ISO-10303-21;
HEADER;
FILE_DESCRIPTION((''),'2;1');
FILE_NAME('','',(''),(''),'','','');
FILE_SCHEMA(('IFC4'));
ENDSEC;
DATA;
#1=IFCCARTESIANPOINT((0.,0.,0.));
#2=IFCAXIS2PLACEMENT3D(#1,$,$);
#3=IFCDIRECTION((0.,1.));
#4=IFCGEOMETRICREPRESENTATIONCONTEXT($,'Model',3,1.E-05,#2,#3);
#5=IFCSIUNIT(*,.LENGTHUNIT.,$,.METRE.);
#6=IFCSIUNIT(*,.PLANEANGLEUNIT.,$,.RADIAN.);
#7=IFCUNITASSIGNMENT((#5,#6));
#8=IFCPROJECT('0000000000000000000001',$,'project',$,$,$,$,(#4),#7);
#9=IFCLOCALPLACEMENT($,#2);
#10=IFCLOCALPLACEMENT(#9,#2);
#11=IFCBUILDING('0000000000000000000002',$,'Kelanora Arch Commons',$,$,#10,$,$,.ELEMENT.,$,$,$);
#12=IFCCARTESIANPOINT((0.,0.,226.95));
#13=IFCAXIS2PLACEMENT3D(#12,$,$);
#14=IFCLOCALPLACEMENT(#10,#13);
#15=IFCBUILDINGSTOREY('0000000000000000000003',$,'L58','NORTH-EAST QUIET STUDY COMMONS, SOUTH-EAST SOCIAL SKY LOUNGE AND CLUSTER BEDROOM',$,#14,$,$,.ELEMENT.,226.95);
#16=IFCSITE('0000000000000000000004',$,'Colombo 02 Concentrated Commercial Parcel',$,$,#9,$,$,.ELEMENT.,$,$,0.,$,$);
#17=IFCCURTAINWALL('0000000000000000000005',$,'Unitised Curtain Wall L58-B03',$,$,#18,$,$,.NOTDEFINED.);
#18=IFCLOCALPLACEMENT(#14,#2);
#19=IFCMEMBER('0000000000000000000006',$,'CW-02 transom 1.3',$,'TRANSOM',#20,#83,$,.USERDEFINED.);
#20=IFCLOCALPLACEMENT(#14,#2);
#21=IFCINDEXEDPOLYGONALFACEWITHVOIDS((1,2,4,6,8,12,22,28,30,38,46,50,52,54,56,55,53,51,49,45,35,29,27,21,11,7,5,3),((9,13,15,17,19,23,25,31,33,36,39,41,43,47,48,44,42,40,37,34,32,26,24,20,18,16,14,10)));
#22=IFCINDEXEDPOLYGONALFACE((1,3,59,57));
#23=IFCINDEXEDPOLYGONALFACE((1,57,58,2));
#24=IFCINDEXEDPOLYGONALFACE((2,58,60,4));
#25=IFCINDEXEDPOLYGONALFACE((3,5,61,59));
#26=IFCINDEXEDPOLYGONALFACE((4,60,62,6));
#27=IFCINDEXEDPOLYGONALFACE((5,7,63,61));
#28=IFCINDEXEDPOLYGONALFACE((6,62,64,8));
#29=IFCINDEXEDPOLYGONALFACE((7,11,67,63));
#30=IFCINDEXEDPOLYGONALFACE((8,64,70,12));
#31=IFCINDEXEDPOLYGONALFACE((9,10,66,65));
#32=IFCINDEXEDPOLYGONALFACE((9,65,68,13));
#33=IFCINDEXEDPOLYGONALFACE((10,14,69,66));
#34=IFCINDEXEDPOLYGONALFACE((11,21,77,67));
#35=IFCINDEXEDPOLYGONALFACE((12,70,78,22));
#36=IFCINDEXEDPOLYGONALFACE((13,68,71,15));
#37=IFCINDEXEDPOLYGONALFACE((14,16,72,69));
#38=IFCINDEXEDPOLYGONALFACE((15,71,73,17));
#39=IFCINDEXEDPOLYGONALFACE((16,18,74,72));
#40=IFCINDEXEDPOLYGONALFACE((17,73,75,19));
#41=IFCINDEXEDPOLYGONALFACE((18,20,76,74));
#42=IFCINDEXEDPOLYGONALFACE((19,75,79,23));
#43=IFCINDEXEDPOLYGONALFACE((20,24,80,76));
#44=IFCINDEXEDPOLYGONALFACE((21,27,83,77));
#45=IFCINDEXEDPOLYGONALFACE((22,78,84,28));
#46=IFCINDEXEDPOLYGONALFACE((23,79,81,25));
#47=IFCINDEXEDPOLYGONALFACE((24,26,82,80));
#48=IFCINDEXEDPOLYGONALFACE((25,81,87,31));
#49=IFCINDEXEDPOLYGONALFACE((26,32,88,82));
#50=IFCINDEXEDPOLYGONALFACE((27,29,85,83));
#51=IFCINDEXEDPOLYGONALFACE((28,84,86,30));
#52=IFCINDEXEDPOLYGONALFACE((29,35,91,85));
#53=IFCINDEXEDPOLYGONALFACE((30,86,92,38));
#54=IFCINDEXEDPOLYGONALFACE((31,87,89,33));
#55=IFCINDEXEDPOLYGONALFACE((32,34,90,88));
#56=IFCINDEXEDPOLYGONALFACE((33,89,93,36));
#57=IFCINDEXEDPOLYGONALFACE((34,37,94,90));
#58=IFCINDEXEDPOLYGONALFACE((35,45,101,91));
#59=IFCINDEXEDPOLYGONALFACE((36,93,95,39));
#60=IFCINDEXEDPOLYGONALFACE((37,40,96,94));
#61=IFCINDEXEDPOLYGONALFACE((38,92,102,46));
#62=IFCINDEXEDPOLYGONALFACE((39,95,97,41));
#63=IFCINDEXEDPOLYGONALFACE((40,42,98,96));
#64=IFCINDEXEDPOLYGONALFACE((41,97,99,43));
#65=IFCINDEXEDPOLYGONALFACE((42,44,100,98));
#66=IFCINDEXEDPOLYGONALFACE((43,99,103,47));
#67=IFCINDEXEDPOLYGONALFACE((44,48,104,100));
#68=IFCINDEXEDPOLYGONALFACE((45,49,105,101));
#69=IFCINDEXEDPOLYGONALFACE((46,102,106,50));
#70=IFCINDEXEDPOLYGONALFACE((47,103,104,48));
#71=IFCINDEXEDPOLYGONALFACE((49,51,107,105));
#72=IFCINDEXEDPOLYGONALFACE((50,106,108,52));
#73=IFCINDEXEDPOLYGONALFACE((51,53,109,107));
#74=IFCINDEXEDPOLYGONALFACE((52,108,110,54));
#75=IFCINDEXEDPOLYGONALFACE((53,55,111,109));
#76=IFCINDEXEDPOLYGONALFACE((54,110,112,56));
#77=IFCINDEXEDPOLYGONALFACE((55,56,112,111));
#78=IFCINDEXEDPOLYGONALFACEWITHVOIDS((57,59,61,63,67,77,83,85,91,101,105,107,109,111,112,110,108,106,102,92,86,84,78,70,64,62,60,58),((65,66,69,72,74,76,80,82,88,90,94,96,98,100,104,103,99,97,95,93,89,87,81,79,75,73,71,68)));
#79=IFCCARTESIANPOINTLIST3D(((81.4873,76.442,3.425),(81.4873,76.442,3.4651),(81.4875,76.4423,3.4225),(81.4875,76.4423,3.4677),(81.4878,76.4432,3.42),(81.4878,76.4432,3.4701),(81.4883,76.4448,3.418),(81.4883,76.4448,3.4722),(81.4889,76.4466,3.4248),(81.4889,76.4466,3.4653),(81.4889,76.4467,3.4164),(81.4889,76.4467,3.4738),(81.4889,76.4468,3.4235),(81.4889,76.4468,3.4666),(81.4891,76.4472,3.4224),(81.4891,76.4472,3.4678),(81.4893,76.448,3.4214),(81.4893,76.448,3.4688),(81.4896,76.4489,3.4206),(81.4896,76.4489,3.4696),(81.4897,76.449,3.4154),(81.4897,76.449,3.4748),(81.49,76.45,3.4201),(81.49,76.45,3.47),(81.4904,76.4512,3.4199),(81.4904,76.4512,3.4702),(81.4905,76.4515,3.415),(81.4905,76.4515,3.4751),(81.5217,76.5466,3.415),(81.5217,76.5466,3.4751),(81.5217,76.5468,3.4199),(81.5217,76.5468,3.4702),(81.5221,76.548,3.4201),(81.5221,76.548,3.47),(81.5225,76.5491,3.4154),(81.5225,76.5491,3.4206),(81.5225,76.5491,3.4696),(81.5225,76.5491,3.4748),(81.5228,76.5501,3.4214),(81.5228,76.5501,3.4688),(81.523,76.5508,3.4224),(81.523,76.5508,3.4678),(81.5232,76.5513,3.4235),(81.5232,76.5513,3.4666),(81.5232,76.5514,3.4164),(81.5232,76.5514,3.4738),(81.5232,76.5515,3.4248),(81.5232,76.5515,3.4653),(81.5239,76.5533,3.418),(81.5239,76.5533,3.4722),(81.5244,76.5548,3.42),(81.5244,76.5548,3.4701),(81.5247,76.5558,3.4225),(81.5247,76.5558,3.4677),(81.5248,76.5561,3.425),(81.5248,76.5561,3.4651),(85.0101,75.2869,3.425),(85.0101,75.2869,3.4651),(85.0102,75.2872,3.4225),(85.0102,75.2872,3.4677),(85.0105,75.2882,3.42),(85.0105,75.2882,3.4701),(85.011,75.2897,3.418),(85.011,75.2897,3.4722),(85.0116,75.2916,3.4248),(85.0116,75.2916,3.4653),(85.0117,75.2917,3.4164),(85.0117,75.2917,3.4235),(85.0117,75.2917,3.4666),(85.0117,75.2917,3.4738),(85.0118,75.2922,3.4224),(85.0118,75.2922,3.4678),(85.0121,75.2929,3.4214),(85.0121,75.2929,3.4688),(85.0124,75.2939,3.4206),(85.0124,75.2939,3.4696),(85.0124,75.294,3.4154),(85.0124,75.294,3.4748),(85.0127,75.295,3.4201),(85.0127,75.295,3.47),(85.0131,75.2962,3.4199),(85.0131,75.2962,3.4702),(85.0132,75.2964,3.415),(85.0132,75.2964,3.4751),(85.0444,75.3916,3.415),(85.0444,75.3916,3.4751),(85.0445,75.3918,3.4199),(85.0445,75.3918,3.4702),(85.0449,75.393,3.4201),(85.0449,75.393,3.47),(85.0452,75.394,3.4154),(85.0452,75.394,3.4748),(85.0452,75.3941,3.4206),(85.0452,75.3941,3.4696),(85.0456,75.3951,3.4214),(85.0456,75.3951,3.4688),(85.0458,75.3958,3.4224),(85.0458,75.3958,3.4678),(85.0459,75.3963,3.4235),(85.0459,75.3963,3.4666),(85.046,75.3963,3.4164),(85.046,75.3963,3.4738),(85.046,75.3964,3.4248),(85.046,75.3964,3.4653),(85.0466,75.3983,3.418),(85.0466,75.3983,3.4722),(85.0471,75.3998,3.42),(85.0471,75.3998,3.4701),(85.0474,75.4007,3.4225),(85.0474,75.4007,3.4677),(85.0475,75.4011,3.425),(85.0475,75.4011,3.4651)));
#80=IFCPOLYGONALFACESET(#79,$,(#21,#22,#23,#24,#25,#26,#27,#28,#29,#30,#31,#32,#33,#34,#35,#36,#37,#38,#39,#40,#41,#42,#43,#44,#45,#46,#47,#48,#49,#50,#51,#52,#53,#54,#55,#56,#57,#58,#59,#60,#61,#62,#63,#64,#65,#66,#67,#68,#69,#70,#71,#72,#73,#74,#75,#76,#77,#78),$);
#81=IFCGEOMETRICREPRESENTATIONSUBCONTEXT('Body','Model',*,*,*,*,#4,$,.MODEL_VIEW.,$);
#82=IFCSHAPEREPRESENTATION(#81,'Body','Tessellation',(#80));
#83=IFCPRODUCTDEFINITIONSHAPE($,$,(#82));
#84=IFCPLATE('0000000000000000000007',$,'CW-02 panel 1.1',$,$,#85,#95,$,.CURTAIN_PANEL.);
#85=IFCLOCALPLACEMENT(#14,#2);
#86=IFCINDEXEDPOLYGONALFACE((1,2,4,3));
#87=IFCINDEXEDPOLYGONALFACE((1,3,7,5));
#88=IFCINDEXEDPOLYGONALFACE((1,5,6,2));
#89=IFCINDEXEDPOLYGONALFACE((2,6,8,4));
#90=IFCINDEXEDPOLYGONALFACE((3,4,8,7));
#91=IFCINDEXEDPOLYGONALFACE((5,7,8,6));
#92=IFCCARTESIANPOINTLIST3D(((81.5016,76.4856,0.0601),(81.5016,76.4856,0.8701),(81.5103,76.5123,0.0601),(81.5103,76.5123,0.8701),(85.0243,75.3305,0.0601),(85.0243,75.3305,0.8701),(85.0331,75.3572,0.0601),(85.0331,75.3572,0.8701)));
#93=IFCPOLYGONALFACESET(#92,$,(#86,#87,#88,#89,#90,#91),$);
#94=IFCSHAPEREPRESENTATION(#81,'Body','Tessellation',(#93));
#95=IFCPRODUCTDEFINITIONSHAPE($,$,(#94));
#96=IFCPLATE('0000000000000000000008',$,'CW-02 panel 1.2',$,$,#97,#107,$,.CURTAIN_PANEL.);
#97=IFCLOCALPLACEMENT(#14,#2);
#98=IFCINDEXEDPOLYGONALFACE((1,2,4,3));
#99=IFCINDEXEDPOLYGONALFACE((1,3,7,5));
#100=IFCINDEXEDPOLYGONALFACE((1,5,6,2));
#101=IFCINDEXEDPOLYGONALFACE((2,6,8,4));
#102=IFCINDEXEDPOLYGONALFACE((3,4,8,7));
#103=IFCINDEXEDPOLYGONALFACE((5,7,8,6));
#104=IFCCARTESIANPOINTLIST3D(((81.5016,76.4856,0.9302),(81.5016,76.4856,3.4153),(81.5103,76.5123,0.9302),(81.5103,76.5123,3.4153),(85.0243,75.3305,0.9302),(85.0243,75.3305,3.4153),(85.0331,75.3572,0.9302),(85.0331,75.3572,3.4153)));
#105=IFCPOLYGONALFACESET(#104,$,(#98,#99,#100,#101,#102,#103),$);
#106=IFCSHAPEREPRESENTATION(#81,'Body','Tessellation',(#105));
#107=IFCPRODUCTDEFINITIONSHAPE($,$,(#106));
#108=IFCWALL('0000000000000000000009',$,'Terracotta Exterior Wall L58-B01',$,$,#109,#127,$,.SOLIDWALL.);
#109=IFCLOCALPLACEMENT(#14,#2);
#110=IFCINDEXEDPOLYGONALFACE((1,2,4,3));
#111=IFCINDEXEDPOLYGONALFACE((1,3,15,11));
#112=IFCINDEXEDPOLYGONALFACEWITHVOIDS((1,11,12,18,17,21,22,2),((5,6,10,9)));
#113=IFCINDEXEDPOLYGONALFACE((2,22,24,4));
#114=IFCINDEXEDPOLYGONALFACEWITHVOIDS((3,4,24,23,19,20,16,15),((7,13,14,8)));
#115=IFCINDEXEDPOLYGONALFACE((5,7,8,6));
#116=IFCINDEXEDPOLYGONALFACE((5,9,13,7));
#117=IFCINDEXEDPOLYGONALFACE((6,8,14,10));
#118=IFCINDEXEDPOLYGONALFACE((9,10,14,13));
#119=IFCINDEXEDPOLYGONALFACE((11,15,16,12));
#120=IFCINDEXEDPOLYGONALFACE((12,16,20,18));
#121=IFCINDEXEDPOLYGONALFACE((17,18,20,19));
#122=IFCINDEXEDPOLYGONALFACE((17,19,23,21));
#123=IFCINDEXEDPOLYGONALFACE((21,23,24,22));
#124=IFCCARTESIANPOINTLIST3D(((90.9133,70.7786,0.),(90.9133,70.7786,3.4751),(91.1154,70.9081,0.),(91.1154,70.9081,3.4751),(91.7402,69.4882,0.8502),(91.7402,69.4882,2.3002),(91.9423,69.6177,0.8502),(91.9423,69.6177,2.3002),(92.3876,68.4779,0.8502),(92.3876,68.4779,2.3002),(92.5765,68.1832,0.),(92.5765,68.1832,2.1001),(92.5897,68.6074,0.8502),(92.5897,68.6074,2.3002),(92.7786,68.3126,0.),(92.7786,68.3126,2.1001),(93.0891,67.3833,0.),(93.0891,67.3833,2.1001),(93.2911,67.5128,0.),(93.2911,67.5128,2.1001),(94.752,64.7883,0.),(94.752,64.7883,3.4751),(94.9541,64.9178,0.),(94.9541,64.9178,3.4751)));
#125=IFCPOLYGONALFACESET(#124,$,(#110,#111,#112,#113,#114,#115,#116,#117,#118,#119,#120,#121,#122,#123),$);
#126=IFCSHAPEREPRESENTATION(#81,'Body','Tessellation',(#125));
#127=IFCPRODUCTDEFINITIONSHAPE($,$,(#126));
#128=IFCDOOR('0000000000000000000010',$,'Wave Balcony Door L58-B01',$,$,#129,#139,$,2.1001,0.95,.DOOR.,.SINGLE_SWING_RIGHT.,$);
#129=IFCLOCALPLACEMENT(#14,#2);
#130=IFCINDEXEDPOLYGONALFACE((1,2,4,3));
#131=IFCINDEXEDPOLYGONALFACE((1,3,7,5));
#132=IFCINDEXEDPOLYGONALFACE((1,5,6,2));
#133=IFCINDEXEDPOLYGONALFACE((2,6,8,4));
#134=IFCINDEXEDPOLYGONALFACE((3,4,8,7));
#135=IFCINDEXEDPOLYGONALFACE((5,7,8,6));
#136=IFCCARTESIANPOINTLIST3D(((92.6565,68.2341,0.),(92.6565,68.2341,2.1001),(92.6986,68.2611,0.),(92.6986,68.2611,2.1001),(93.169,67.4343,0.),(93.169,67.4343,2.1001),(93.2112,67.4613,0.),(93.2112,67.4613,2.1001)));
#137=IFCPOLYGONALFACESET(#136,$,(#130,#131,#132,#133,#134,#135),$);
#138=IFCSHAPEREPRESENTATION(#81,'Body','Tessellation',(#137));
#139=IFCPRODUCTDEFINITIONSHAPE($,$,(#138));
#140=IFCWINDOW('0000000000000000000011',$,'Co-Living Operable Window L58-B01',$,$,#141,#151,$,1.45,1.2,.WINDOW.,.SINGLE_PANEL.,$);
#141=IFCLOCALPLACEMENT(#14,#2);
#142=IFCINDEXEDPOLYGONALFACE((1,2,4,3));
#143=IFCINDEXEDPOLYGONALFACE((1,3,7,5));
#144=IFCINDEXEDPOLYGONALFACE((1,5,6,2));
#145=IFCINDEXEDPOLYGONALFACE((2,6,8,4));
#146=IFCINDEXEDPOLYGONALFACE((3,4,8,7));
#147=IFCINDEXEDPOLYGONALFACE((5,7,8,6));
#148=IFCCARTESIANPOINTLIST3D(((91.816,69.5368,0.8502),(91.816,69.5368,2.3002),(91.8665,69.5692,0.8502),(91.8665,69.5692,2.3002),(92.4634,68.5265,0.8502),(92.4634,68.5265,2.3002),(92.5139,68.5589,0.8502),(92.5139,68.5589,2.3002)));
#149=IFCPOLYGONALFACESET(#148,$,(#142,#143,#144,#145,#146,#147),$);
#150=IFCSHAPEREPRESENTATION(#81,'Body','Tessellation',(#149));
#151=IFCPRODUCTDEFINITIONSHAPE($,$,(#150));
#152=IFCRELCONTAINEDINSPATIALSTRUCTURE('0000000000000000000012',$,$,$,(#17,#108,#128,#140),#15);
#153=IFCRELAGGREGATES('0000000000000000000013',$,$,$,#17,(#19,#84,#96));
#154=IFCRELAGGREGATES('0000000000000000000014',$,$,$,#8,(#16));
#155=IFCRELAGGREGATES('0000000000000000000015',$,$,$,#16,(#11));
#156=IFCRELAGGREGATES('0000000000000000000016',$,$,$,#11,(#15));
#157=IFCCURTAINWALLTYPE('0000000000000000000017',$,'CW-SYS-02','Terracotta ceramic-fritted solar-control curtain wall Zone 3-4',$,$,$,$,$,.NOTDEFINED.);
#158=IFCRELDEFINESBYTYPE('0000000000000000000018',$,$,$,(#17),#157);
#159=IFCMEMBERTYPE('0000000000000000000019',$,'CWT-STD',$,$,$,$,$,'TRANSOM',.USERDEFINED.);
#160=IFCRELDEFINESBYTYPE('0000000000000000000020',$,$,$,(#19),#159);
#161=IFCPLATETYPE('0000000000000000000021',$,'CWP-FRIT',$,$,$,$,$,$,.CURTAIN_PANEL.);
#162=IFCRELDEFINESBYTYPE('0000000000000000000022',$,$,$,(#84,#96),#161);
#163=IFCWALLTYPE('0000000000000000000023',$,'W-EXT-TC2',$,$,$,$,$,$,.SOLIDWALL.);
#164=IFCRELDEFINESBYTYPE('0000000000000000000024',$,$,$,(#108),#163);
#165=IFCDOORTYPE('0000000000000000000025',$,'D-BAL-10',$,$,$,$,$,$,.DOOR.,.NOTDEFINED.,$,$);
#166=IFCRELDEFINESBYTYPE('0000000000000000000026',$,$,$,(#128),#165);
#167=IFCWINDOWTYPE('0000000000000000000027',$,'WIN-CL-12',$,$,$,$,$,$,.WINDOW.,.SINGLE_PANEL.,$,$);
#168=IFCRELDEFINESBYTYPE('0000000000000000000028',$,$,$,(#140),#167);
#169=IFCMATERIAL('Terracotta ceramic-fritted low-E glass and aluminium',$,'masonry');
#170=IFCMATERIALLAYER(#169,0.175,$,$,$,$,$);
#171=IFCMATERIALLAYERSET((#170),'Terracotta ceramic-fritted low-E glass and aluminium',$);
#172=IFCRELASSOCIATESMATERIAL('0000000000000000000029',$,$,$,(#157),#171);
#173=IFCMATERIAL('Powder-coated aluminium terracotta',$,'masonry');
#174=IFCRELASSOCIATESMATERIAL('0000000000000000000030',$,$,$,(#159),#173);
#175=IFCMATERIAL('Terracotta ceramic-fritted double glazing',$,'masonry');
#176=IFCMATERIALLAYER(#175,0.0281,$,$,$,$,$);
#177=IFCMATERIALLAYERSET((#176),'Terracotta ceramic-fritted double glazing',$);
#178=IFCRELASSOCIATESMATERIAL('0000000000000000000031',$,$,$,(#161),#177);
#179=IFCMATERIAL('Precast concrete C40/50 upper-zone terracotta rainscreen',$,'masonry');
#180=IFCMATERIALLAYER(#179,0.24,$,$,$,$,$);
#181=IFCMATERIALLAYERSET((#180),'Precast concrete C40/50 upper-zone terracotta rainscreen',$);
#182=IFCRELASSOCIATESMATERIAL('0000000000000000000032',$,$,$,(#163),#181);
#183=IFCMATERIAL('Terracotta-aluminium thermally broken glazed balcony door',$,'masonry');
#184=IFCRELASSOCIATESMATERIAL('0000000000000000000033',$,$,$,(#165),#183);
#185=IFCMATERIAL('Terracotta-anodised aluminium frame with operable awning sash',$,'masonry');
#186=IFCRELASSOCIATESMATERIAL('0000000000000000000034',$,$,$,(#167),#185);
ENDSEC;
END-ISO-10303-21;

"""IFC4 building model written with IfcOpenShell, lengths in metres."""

from ifc_helpers import new_model, si_unit, direction, frame, frame_2d, origin, origin_2d, place, context, subcontext, project, spatial, rectangle, hollow_rectangle, extrude, source, transform, mapped, material, layer, layer_set, material_profile, profile_set, type_object, element, fill, aggregate, save


model = new_model("IFC4")

# Units and contexts
model_context = context("Model", 3, precision=1e-05, world=origin(), true_north=direction((0.0, 1.0)))
body_context = subcontext(model_context, "Body", "Model", "MODEL_VIEW")
ifc_project = project(units=[si_unit("LENGTHUNIT", "METRE"), si_unit("PLANEANGLEUNIT", "RADIAN")], contexts=[model_context])

# Site, building, storey
site_placement = place(None, origin())
site = spatial("IfcSite", under=ifc_project, at=site_placement, Name="Colombo 02 Concentrated Commercial Parcel", CompositionType="ELEMENT", RefElevation=0.0)
building_placement = place(site_placement, origin())
building = spatial("IfcBuilding", under=site, at=building_placement, Name="Kelanora Arch Commons", CompositionType="ELEMENT")
storey_placement = place(building_placement, frame((0.0, 0.0, 226.95)))
storey = spatial("IfcBuildingStorey", under=building, at=storey_placement, Name="L58", Description="NORTH-EAST QUIET STUDY COMMONS, SOUTH-EAST SOCIAL SKY LOUNGE AND CLUSTER BEDROOM", CompositionType="ELEMENT", Elevation=226.95)

# Shared definitions
ifc_material_1 = material(Name="Terracotta ceramic-fritted low-E glass and aluminium", Category="masonry")
ifc_layer_1 = layer(ifc_material_1, 0.175)
ifc_layer_set_1 = layer_set([ifc_layer_1], Name="Terracotta ceramic-fritted low-E glass and aluminium")
curtain_wall_type = type_object("IfcCurtainWallType", Name="CW-SYS-02", Description="Terracotta ceramic-fritted solar-control curtain wall Zone 3-4", PredefinedType="NOTDEFINED", material=ifc_layer_set_1)
ifc_material_2 = material(Name="Powder-coated aluminium terracotta", Category="masonry")

# Curtain wall, member, plates
curtain_wall_1_placement = place(storey_placement, origin())
curtain_wall_1 = element("IfcCurtainWall", 1, at=curtain_wall_1_placement, inside=storey, type_object=curtain_wall_type, Name="Unitised Curtain Wall L58-B03", PredefinedType="NOTDEFINED")
ifc_material_profile_1 = material_profile(ifc_material_2, hollow_rectangle(XDim=0.1201, YDim=0.0601, WallThickness=0.0049, InnerFilletRadius=0.0049, OuterFilletRadius=0.01, at=origin_2d()), Name="CWT120x60")
ifc_profile_set_1 = profile_set([ifc_material_profile_1], Name="Powder-coated aluminium terracotta")
member_type_1 = type_object("IfcMemberType", Name="CWT-STD", ElementType="TRANSOM", PredefinedType="USERDEFINED", material=ifc_profile_set_1)
member_1_placement = place(storey_placement, frame((85.0288, 75.344, 3.4451), z_axis=(-0.950226, 0.311561, 0.0), x_axis=(-0.311561, -0.950226, 0.0)))
member_1 = element("IfcMember", 2, at=member_1_placement, type_object=member_type_1, Name="CW-02 transom 1.3", ObjectType="TRANSOM", PredefinedType="USERDEFINED", context=body_context, shape_type="SweptSolid", body=[
    extrude(hollow_rectangle(XDim=0.1201, YDim=0.0601, WallThickness=0.0049, InnerFilletRadius=0.0049, OuterFilletRadius=0.01, at=origin_2d()), origin(), (0.0, 0.0, 1.0), 3.7073),
])
ifc_material_3 = material(Name="Terracotta ceramic-fritted double glazing", Category="masonry")
ifc_layer_2 = layer(ifc_material_3, 0.0281)
ifc_layer_set_2 = layer_set([ifc_layer_2], Name="Terracotta ceramic-fritted double glazing")
plate_type = type_object("IfcPlateType", Name="CWP-FRIT", PredefinedType="CURTAIN_PANEL", material=ifc_layer_set_2)
shared_shape_1 = source(origin(), body_context, "Body", "SweptSolid", [
    extrude(rectangle(XDim=3.7073, YDim=0.0281, at=origin_2d()), origin(), (0.0, 0.0, 1.0), 0.8101),
])
plate_1_placement = place(storey_placement, frame((83.2673, 75.9214, 0.0601), z_axis=(0.0, 0.0, 1.0), x_axis=(-0.950219, 0.311582, 0.0)))
plate_1 = element("IfcPlate", 3, at=plate_1_placement, type_object=plate_type, Name="CW-02 panel 1.1", PredefinedType="CURTAIN_PANEL", context=body_context, shape_type="MappedRepresentation", body=[
    mapped(shared_shape_1, transform((0.0, 0.0, 0.0), scale=1.0)),
])
shared_shape_2 = source(origin(), body_context, "Body", "SweptSolid", [
    extrude(rectangle(XDim=3.7073, YDim=0.0281, at=origin_2d()), origin(), (0.0, 0.0, 1.0), 2.4851),
])
plate_2_placement = place(storey_placement, frame((83.2673, 75.9214, 0.9302), z_axis=(0.0, 0.0, 1.0), x_axis=(-0.950219, 0.311582, 0.0)))
plate_2 = element("IfcPlate", 4, at=plate_2_placement, type_object=plate_type, Name="CW-02 panel 1.2", PredefinedType="CURTAIN_PANEL", context=body_context, shape_type="MappedRepresentation", body=[
    mapped(shared_shape_2, transform((0.0, 0.0, 0.0), scale=1.0)),
])
aggregate(curtain_wall_1, [member_1, plate_1, plate_2])

# Wall, openings, door, window
ifc_material_4 = material(Name="Precast concrete C40/50 upper-zone terracotta rainscreen", Category="masonry")
ifc_layer_3 = layer(ifc_material_4, 0.24)
ifc_layer_set_3 = layer_set([ifc_layer_3], Name="Precast concrete C40/50 upper-zone terracotta rainscreen")
wall_type = type_object("IfcWallType", Name="W-EXT-TC2", PredefinedType="SOLIDWALL", material=ifc_layer_set_3)
wall_1_placement = place(storey_placement, frame((94.853, 64.853, 0.0), z_axis=(0.0, 0.0, 1.0), x_axis=(-0.53954, 0.84196, 0.0)))
wall_1 = element("IfcWall", 5, at=wall_1_placement, inside=storey, type_object=wall_type, Name="Terracotta Exterior Wall L58-B01", PredefinedType="SOLIDWALL", context=body_context, shape_type="SweptSolid", body=[
    extrude(rectangle(XDim=7.1147, YDim=0.24, at=frame_2d((3.5574, 0.0))), origin(), (0.0, 0.0, 1.0), 3.4751),
])
opening_1_placement = place(wall_1_placement, frame((3.082, 0.0, 0.0)))
opening_1 = element("IfcOpeningElement", 6, at=opening_1_placement, cuts=wall_1, PredefinedType="OPENING", context=body_context, shape_type="SweptSolid", body=[
    extrude(rectangle(XDim=0.95, YDim=2.1001, at=frame_2d((0.4751, 1.05))), frame((0.0, 0.1299, 0.0), z_axis=(0.0, -1.0, 0.0), x_axis=(1.0, 0.0, 0.0)), (0.0, 0.0, 1.0), 0.26),
])
opening_2_placement = place(wall_1_placement, frame((4.3821, 0.0, 0.8501)))
opening_2 = element("IfcOpeningElement", 7, at=opening_2_placement, cuts=wall_1, PredefinedType="OPENING", context=body_context, shape_type="SweptSolid", body=[
    extrude(rectangle(XDim=1.2, YDim=1.45, at=frame_2d((0.6001, 0.7251))), frame((0.0, 0.1299, 0.0), z_axis=(0.0, -1.0, 0.0), x_axis=(1.0, 0.0, 0.0)), (0.0, 0.0, 1.0), 0.26),
])
ifc_material_5 = material(Name="Terracotta-aluminium thermally broken glazed balcony door", Category="masonry")
door_type = type_object("IfcDoorType", Name="D-BAL-10", OperationType="NOTDEFINED", PredefinedType="DOOR", material=ifc_material_5)
door_1_placement = place(opening_1_placement, frame((0.95, 0.0, 0.0), z_axis=(0.0, 0.0, 1.0), x_axis=(-1.0, 0.0, 0.0)))
door_1 = element("IfcDoor", 8, at=door_1_placement, inside=storey, type_object=door_type, Name="Wave Balcony Door L58-B01", OperationType="SINGLE_SWING_RIGHT", OverallHeight=2.1001, OverallWidth=0.95, PredefinedType="DOOR", context=body_context, shape_type="SweptSolid", body=[
    extrude(rectangle(XDim=0.95, YDim=2.1001, at=frame_2d((0.4751, 1.05))), frame((0.0, 0.0249, 0.0), z_axis=(0.0, -1.0, 0.0), x_axis=(1.0, 0.0, 0.0)), (0.0, 0.0, 1.0), 0.05),
])
fill(opening_1, door_1)
ifc_material_6 = material(Name="Terracotta-anodised aluminium frame with operable awning sash", Category="masonry")
window_type = type_object("IfcWindowType", Name="WIN-CL-12", PartitioningType="SINGLE_PANEL", PredefinedType="WINDOW", material=ifc_material_6)
window_1_placement = place(opening_2_placement, origin())
window_1 = element("IfcWindow", 9, at=window_1_placement, inside=storey, type_object=window_type, Name="Co-Living Operable Window L58-B01", OverallHeight=1.45, OverallWidth=1.2, PartitioningType="SINGLE_PANEL", PredefinedType="WINDOW", context=body_context, shape_type="SweptSolid", body=[
    extrude(rectangle(XDim=1.2, YDim=1.45, at=frame_2d((0.6001, 0.7251))), frame((0.0, 0.03, 0.0), z_axis=(0.0, -1.0, 0.0), x_axis=(1.0, 0.0, 0.0)), (0.0, 0.0, 1.0), 0.0601),
])
fill(opening_2, window_1)

save(model, "model.ifc")
